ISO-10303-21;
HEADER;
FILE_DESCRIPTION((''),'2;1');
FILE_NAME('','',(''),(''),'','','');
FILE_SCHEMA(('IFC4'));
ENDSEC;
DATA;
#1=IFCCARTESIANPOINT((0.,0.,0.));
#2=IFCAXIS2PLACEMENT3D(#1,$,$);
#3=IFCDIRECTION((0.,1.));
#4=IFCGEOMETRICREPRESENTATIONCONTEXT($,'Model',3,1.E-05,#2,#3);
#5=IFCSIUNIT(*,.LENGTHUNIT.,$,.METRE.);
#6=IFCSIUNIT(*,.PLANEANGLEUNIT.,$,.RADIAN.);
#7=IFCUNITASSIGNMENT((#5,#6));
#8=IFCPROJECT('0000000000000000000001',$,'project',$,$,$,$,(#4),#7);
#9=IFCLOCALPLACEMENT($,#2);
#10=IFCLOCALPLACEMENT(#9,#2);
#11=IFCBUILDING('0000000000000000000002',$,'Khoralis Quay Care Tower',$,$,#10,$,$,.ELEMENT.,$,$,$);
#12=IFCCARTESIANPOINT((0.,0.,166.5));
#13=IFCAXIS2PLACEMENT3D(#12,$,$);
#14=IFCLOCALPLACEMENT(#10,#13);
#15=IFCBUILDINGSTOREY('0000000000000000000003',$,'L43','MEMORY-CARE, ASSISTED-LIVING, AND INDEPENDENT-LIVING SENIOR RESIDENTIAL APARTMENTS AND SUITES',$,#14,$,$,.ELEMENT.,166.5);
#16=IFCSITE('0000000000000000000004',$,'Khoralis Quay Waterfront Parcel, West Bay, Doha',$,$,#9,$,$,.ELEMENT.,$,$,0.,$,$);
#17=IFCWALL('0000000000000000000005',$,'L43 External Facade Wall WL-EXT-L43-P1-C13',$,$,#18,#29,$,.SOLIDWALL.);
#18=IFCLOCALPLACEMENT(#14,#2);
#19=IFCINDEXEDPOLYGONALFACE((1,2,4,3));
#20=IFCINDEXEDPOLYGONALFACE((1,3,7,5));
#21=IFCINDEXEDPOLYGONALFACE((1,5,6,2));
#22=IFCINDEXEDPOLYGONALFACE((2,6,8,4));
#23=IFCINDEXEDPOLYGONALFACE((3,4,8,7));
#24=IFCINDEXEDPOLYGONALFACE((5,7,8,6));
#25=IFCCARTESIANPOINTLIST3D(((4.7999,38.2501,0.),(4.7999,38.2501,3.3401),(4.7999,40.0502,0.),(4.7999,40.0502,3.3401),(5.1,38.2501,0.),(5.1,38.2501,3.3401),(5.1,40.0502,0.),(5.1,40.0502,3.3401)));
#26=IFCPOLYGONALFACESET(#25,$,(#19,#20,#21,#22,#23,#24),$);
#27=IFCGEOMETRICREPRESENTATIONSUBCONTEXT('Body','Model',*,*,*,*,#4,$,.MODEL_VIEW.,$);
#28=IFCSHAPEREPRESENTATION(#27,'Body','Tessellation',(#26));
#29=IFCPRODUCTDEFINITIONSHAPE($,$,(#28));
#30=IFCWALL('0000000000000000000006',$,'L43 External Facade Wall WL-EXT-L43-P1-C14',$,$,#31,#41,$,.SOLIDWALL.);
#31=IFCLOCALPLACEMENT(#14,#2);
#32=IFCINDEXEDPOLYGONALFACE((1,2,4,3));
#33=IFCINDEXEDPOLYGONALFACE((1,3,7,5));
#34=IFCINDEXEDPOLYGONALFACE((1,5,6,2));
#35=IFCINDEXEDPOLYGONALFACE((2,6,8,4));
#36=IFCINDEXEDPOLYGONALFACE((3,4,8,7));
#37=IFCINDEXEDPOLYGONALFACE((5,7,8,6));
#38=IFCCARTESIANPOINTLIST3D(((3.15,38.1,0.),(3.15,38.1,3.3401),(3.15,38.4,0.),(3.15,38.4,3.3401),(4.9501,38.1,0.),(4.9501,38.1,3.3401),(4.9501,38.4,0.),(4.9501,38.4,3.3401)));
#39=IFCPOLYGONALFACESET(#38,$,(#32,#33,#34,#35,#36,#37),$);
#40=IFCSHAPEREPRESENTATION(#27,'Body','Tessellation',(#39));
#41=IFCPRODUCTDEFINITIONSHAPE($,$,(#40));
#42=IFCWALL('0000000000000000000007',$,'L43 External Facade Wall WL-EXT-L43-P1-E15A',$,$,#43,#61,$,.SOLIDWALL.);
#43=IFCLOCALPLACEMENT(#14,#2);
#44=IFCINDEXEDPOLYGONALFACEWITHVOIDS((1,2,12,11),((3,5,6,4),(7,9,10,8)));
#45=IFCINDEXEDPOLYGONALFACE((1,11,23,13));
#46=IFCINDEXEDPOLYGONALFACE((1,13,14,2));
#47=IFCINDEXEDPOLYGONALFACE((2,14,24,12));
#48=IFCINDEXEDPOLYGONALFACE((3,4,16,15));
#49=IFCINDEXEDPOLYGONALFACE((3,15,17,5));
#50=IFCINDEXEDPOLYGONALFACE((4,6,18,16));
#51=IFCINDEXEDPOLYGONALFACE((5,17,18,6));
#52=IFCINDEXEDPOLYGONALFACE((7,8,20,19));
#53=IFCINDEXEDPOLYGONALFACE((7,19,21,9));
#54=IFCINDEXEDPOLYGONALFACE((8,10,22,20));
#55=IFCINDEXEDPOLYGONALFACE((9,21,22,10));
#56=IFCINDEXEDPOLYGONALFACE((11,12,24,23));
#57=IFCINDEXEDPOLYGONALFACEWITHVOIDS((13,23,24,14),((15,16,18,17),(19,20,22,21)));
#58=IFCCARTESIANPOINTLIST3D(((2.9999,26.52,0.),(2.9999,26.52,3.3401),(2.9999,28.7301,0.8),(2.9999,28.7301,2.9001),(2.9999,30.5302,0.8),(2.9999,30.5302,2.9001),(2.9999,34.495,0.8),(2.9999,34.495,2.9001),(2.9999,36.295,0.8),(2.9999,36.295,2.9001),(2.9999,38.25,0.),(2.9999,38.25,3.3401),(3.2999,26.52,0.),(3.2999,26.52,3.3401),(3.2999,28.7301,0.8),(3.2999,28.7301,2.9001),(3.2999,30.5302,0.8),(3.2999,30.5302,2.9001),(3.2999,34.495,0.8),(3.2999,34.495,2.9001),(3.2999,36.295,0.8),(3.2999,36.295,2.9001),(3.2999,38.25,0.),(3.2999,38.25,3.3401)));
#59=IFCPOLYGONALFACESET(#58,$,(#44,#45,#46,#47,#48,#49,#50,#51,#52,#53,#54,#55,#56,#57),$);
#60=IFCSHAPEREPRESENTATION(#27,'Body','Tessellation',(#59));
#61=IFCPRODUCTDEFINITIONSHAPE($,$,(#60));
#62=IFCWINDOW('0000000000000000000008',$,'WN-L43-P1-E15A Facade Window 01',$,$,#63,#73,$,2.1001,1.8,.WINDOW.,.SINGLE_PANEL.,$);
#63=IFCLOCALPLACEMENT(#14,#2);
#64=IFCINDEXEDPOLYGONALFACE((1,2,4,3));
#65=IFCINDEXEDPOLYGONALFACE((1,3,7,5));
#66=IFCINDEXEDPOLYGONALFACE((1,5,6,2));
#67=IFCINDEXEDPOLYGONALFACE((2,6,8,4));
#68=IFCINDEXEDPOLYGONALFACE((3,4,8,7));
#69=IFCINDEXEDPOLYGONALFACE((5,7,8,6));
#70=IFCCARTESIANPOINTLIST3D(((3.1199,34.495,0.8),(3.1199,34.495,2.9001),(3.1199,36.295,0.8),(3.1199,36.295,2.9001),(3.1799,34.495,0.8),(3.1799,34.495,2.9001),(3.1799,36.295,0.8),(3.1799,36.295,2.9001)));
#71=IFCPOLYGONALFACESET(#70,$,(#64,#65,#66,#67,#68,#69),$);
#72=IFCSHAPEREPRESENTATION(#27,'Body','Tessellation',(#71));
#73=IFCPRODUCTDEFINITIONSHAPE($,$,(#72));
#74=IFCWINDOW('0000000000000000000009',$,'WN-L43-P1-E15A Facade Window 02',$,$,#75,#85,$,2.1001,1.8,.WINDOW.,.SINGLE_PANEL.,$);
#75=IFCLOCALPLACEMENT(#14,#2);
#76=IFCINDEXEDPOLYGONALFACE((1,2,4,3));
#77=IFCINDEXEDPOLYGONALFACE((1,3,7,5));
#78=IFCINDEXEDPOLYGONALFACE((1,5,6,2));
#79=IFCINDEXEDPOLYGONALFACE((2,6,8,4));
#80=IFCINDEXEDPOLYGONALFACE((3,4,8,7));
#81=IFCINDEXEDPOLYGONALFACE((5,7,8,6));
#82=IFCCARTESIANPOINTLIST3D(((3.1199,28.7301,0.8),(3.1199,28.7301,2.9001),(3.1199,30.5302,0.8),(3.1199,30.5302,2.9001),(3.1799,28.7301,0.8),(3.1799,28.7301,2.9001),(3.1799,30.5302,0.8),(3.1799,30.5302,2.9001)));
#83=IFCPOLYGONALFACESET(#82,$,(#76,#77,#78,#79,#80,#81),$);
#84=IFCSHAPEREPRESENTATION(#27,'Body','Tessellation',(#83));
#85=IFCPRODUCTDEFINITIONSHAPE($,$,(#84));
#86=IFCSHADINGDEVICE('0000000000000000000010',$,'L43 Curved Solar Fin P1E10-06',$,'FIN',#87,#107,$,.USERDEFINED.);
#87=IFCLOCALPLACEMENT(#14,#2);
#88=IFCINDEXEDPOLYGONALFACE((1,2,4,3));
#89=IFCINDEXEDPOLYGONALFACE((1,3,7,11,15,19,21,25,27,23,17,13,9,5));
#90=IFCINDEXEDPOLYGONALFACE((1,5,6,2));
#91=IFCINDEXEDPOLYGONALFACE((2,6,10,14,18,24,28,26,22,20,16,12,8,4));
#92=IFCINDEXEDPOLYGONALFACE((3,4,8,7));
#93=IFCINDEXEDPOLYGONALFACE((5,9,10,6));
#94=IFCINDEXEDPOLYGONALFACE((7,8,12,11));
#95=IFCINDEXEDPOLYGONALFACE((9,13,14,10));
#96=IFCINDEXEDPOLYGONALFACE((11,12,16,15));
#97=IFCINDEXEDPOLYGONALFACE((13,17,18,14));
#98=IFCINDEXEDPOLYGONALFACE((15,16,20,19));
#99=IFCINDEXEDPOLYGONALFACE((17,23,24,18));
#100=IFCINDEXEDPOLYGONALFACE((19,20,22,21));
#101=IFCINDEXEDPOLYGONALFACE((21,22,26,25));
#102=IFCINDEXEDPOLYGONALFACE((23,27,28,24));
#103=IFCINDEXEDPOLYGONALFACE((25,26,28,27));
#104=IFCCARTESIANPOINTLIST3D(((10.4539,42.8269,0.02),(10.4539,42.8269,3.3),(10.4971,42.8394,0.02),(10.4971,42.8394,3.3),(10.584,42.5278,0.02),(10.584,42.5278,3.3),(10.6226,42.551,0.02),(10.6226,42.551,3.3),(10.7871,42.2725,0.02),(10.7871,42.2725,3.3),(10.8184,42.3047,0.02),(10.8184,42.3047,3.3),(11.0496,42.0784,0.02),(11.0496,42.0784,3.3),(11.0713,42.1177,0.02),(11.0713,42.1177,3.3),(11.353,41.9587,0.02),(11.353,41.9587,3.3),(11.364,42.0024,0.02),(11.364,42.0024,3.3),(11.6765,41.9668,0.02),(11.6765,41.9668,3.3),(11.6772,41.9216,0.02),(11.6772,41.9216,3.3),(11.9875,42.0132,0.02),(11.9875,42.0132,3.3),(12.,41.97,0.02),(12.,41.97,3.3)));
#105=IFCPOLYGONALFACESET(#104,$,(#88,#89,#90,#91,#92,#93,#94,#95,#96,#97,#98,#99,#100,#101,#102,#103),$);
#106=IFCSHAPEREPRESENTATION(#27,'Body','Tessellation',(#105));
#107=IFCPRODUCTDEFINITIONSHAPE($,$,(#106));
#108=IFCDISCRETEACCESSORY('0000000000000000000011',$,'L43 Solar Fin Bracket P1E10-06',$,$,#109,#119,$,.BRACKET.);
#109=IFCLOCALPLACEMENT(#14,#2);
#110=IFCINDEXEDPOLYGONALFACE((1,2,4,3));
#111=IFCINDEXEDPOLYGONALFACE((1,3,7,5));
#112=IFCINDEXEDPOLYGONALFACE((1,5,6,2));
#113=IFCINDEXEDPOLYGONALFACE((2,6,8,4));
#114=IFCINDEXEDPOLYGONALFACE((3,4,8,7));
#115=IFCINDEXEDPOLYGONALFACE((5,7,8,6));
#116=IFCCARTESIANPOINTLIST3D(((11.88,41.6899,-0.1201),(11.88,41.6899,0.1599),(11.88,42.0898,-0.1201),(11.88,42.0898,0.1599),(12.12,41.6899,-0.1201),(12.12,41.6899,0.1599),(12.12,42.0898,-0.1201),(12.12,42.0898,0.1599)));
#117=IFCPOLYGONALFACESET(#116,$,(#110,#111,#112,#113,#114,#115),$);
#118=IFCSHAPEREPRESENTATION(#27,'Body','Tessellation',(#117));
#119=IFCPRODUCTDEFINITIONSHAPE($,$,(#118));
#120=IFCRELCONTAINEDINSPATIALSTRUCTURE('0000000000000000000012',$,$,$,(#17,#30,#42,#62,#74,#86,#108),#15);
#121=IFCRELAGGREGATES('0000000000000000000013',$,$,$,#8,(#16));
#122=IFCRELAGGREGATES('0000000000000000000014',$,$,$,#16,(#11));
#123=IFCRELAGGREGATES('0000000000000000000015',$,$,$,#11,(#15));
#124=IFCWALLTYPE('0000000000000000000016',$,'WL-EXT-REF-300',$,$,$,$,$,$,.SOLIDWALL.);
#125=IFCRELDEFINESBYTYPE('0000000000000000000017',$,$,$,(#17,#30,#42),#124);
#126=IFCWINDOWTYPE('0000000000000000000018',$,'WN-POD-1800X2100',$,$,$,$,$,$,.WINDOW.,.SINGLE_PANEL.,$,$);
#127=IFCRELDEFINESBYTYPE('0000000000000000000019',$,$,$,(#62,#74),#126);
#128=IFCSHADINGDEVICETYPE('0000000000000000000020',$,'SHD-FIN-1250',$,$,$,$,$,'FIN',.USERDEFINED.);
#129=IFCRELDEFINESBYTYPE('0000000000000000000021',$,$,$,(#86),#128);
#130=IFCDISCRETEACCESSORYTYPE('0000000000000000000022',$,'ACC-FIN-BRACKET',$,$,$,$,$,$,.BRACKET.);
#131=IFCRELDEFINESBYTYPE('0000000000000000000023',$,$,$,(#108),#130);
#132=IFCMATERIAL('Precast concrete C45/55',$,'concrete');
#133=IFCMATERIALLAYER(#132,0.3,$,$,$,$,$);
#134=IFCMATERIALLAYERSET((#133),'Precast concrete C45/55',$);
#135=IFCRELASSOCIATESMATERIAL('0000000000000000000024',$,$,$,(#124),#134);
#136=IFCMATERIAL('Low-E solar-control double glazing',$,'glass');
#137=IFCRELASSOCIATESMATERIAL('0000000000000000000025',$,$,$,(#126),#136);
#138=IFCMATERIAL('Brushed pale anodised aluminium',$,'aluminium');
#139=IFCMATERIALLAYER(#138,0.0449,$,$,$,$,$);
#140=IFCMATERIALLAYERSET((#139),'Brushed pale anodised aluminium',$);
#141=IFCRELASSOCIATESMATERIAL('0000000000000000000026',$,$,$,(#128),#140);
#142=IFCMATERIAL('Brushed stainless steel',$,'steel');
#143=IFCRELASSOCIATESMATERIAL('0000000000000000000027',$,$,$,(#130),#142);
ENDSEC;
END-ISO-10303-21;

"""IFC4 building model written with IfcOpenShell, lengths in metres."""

from ifc_helpers import new_model, si_unit, direction, frame, frame_2d, origin, origin_2d, place, context, subcontext, project, spatial, polyline, rectangle, outline, extrude, source, transform, mapped, material, layer, layer_set, type_object, element, fill, save


model = new_model("IFC4")

# Units and contexts
model_context = context("Model", 3, precision=1e-05, world=origin(), true_north=direction((0.0, 1.0)))
body_context = subcontext(model_context, "Body", "Model", "MODEL_VIEW")
ifc_project = project(units=[si_unit("LENGTHUNIT", "METRE"), si_unit("PLANEANGLEUNIT", "RADIAN")], contexts=[model_context])

# Site, building, storey
site_placement = place(None, origin())
site = spatial("IfcSite", under=ifc_project, at=site_placement, Name="Khoralis Quay Waterfront Parcel, West Bay, Doha", CompositionType="ELEMENT", RefElevation=0.0)
building_placement = place(site_placement, origin())
building = spatial("IfcBuilding", under=site, at=building_placement, Name="Khoralis Quay Care Tower", CompositionType="ELEMENT")
storey_placement = place(building_placement, frame((0.0, 0.0, 166.5)))
storey = spatial("IfcBuildingStorey", under=building, at=storey_placement, Name="L43", Description="MEMORY-CARE, ASSISTED-LIVING, AND INDEPENDENT-LIVING SENIOR RESIDENTIAL APARTMENTS AND SUITES", CompositionType="ELEMENT", Elevation=166.5)

# Walls
ifc_material_1 = material(Name="Precast concrete C45/55", Category="concrete")
ifc_layer_1 = layer(ifc_material_1, 0.3)
ifc_layer_set_1 = layer_set([ifc_layer_1], Name="Precast concrete C45/55")
wall_type = type_object("IfcWallType", Name="WL-EXT-REF-300", PredefinedType="SOLIDWALL", material=ifc_layer_set_1)
for number, where, z_axis, x_axis, name in (
    (1, (4.95, 40.05, 0.0), (0.0, 0.0, 1.0), (0.0, -1.0, 0.0), "L43 External Facade Wall WL-EXT-L43-P1-C13"),
    (2, (4.95, 38.25, 0.0), (0.0, 0.0, 1.0), (-1.0, 0.0, 0.0), "L43 External Facade Wall WL-EXT-L43-P1-C14"),
):
    element("IfcWall", number, at=place(storey_placement, frame(where, z_axis=z_axis, x_axis=x_axis)), inside=storey, type_object=wall_type, Name=name, PredefinedType="SOLIDWALL", context=body_context, shape_type="SweptSolid", body=[
        extrude(rectangle(XDim=1.8, YDim=0.3, at=frame_2d((0.8999, 0.0))), origin(), (0.0, 0.0, 1.0), 3.3401),
    ])

# Wall, openings, windows
wall_placement = place(storey_placement, frame((3.1499, 38.25, 0.0), z_axis=(0.0, 0.0, 1.0), x_axis=(0.0, -1.0, 0.0)))
wall = element("IfcWall", 3, at=wall_placement, inside=storey, type_object=wall_type, Name="L43 External Facade Wall WL-EXT-L43-P1-E15A", PredefinedType="SOLIDWALL", context=body_context, shape_type="SweptSolid", body=[
    extrude(rectangle(XDim=11.73, YDim=0.3, at=frame_2d((5.865, 0.0))), origin(), (0.0, 0.0, 1.0), 3.3401),
])
opening_1_placement = place(wall_placement, frame((1.9551, 0.0, 0.8)))
opening_1 = element("IfcOpeningElement", 4, at=opening_1_placement, cuts=wall, PredefinedType="OPENING", context=body_context, shape_type="SweptSolid", body=[
    extrude(rectangle(XDim=1.8, YDim=2.1001, at=frame_2d((0.8999, 1.05))), frame((0.0, 0.1602, 0.0), z_axis=(0.0, -1.0, 0.0), x_axis=(1.0, 0.0, 0.0)), (0.0, 0.0, 1.0), 0.3201),
])
opening_2_placement = place(wall_placement, frame((7.72, 0.0, 0.8)))
opening_2 = element("IfcOpeningElement", 5, at=opening_2_placement, cuts=wall, PredefinedType="OPENING", context=body_context, shape_type="SweptSolid", body=[
    extrude(rectangle(XDim=1.8, YDim=2.1001, at=frame_2d((0.8999, 1.05))), frame((0.0, 0.1602, 0.0), z_axis=(0.0, -1.0, 0.0), x_axis=(1.0, 0.0, 0.0)), (0.0, 0.0, 1.0), 0.3201),
])
ifc_material_2 = material(Name="Low-E solar-control double glazing", Category="glass")
window_type = type_object("IfcWindowType", Name="WN-POD-1800X2100", PartitioningType="SINGLE_PANEL", PredefinedType="WINDOW", material=ifc_material_2)
shared_shape_1 = source(origin(), body_context, "Body", "SweptSolid", [
    extrude(rectangle(XDim=1.8, YDim=2.1001, at=frame_2d((0.8999, 1.05))), frame((0.0, 0.03, 0.0), z_axis=(0.0, -1.0, 0.0), x_axis=(1.0, 0.0, 0.0)), (0.0, 0.0, 1.0), 0.0601),
])
window_1_placement = place(opening_1_placement, origin())
window_1 = element("IfcWindow", 6, at=window_1_placement, inside=storey, type_object=window_type, Name="WN-L43-P1-E15A Facade Window 01", OverallHeight=2.1001, OverallWidth=1.8, PartitioningType="SINGLE_PANEL", PredefinedType="WINDOW", context=body_context, shape_type="MappedRepresentation", body=[
    mapped(shared_shape_1, transform((0.0, 0.0, 0.0), scale=1.0)),
])
fill(opening_1, window_1)
window_2_placement = place(opening_2_placement, origin())
window_2 = element("IfcWindow", 7, at=window_2_placement, inside=storey, type_object=window_type, Name="WN-L43-P1-E15A Facade Window 02", OverallHeight=2.1001, OverallWidth=1.8, PartitioningType="SINGLE_PANEL", PredefinedType="WINDOW", context=body_context, shape_type="MappedRepresentation", body=[
    mapped(shared_shape_1, transform((0.0, 0.0, 0.0), scale=1.0)),
])
fill(opening_2, window_2)

# Shading device
ifc_material_3 = material(Name="Brushed pale anodised aluminium", Category="aluminium")
ifc_layer_2 = layer(ifc_material_3, 0.0449)
ifc_layer_set_2 = layer_set([ifc_layer_2], Name="Brushed pale anodised aluminium")
shading_device_type = type_object("IfcShadingDeviceType", Name="SHD-FIN-1250", ElementType="FIN", PredefinedType="USERDEFINED", material=ifc_layer_set_2)
shared_shape_2 = source(origin(), body_context, "Body", "SweptSolid", [
    extrude(outline(polyline([(0.0, 0.0), (-0.0483, 0.3228), (-0.0112, 0.647), (0.1084, 0.9504), (0.3025, 1.2129), (0.5579, 1.416), (0.8569, 1.5461), (0.8694, 1.5029), (0.5811, 1.3774), (0.3347, 1.1816), (0.1477, 0.9287), (0.0325, 0.636), (-0.0032, 0.3235), (0.0432, 0.0125), (0.0, 0.0)])), origin(), (0.0, 0.0, 1.0), 3.28),
])
shading_device_placement = place(storey_placement, frame((12.0, 41.97, 0.02), z_axis=(0.0, 0.0, 1.0), x_axis=(0.0, 1.0, 0.0)))
element("IfcShadingDevice", 8, at=shading_device_placement, inside=storey, type_object=shading_device_type, Name="L43 Curved Solar Fin P1E10-06", ObjectType="FIN", PredefinedType="USERDEFINED", context=body_context, shape_type="MappedRepresentation", body=[
    mapped(shared_shape_2, transform((0.0, 0.0, 0.0), scale=1.0)),
])

# Discrete accessory
ifc_material_4 = material(Name="Brushed stainless steel", Category="steel")
discrete_accessory_type = type_object("IfcDiscreteAccessoryType", Name="ACC-FIN-BRACKET", PredefinedType="BRACKET", material=ifc_material_4)
shared_shape_3 = source(origin(), body_context, "Body", "SweptSolid", [
    extrude(rectangle(XDim=0.3999, YDim=0.24, at=origin_2d()), origin(), (0.0, 0.0, 1.0), 0.28),
])
discrete_accessory_placement = place(storey_placement, frame((12.0, 41.8899, -0.1201), z_axis=(0.0, 0.0, 1.0), x_axis=(0.0, 1.0, 0.0)))
element("IfcDiscreteAccessory", 9, at=discrete_accessory_placement, inside=storey, type_object=discrete_accessory_type, Name="L43 Solar Fin Bracket P1E10-06", PredefinedType="BRACKET", context=body_context, shape_type="MappedRepresentation", body=[
    mapped(shared_shape_3, transform((0.0, 0.0, 0.0), scale=1.0)),
])

save(model, "model.ifc")
